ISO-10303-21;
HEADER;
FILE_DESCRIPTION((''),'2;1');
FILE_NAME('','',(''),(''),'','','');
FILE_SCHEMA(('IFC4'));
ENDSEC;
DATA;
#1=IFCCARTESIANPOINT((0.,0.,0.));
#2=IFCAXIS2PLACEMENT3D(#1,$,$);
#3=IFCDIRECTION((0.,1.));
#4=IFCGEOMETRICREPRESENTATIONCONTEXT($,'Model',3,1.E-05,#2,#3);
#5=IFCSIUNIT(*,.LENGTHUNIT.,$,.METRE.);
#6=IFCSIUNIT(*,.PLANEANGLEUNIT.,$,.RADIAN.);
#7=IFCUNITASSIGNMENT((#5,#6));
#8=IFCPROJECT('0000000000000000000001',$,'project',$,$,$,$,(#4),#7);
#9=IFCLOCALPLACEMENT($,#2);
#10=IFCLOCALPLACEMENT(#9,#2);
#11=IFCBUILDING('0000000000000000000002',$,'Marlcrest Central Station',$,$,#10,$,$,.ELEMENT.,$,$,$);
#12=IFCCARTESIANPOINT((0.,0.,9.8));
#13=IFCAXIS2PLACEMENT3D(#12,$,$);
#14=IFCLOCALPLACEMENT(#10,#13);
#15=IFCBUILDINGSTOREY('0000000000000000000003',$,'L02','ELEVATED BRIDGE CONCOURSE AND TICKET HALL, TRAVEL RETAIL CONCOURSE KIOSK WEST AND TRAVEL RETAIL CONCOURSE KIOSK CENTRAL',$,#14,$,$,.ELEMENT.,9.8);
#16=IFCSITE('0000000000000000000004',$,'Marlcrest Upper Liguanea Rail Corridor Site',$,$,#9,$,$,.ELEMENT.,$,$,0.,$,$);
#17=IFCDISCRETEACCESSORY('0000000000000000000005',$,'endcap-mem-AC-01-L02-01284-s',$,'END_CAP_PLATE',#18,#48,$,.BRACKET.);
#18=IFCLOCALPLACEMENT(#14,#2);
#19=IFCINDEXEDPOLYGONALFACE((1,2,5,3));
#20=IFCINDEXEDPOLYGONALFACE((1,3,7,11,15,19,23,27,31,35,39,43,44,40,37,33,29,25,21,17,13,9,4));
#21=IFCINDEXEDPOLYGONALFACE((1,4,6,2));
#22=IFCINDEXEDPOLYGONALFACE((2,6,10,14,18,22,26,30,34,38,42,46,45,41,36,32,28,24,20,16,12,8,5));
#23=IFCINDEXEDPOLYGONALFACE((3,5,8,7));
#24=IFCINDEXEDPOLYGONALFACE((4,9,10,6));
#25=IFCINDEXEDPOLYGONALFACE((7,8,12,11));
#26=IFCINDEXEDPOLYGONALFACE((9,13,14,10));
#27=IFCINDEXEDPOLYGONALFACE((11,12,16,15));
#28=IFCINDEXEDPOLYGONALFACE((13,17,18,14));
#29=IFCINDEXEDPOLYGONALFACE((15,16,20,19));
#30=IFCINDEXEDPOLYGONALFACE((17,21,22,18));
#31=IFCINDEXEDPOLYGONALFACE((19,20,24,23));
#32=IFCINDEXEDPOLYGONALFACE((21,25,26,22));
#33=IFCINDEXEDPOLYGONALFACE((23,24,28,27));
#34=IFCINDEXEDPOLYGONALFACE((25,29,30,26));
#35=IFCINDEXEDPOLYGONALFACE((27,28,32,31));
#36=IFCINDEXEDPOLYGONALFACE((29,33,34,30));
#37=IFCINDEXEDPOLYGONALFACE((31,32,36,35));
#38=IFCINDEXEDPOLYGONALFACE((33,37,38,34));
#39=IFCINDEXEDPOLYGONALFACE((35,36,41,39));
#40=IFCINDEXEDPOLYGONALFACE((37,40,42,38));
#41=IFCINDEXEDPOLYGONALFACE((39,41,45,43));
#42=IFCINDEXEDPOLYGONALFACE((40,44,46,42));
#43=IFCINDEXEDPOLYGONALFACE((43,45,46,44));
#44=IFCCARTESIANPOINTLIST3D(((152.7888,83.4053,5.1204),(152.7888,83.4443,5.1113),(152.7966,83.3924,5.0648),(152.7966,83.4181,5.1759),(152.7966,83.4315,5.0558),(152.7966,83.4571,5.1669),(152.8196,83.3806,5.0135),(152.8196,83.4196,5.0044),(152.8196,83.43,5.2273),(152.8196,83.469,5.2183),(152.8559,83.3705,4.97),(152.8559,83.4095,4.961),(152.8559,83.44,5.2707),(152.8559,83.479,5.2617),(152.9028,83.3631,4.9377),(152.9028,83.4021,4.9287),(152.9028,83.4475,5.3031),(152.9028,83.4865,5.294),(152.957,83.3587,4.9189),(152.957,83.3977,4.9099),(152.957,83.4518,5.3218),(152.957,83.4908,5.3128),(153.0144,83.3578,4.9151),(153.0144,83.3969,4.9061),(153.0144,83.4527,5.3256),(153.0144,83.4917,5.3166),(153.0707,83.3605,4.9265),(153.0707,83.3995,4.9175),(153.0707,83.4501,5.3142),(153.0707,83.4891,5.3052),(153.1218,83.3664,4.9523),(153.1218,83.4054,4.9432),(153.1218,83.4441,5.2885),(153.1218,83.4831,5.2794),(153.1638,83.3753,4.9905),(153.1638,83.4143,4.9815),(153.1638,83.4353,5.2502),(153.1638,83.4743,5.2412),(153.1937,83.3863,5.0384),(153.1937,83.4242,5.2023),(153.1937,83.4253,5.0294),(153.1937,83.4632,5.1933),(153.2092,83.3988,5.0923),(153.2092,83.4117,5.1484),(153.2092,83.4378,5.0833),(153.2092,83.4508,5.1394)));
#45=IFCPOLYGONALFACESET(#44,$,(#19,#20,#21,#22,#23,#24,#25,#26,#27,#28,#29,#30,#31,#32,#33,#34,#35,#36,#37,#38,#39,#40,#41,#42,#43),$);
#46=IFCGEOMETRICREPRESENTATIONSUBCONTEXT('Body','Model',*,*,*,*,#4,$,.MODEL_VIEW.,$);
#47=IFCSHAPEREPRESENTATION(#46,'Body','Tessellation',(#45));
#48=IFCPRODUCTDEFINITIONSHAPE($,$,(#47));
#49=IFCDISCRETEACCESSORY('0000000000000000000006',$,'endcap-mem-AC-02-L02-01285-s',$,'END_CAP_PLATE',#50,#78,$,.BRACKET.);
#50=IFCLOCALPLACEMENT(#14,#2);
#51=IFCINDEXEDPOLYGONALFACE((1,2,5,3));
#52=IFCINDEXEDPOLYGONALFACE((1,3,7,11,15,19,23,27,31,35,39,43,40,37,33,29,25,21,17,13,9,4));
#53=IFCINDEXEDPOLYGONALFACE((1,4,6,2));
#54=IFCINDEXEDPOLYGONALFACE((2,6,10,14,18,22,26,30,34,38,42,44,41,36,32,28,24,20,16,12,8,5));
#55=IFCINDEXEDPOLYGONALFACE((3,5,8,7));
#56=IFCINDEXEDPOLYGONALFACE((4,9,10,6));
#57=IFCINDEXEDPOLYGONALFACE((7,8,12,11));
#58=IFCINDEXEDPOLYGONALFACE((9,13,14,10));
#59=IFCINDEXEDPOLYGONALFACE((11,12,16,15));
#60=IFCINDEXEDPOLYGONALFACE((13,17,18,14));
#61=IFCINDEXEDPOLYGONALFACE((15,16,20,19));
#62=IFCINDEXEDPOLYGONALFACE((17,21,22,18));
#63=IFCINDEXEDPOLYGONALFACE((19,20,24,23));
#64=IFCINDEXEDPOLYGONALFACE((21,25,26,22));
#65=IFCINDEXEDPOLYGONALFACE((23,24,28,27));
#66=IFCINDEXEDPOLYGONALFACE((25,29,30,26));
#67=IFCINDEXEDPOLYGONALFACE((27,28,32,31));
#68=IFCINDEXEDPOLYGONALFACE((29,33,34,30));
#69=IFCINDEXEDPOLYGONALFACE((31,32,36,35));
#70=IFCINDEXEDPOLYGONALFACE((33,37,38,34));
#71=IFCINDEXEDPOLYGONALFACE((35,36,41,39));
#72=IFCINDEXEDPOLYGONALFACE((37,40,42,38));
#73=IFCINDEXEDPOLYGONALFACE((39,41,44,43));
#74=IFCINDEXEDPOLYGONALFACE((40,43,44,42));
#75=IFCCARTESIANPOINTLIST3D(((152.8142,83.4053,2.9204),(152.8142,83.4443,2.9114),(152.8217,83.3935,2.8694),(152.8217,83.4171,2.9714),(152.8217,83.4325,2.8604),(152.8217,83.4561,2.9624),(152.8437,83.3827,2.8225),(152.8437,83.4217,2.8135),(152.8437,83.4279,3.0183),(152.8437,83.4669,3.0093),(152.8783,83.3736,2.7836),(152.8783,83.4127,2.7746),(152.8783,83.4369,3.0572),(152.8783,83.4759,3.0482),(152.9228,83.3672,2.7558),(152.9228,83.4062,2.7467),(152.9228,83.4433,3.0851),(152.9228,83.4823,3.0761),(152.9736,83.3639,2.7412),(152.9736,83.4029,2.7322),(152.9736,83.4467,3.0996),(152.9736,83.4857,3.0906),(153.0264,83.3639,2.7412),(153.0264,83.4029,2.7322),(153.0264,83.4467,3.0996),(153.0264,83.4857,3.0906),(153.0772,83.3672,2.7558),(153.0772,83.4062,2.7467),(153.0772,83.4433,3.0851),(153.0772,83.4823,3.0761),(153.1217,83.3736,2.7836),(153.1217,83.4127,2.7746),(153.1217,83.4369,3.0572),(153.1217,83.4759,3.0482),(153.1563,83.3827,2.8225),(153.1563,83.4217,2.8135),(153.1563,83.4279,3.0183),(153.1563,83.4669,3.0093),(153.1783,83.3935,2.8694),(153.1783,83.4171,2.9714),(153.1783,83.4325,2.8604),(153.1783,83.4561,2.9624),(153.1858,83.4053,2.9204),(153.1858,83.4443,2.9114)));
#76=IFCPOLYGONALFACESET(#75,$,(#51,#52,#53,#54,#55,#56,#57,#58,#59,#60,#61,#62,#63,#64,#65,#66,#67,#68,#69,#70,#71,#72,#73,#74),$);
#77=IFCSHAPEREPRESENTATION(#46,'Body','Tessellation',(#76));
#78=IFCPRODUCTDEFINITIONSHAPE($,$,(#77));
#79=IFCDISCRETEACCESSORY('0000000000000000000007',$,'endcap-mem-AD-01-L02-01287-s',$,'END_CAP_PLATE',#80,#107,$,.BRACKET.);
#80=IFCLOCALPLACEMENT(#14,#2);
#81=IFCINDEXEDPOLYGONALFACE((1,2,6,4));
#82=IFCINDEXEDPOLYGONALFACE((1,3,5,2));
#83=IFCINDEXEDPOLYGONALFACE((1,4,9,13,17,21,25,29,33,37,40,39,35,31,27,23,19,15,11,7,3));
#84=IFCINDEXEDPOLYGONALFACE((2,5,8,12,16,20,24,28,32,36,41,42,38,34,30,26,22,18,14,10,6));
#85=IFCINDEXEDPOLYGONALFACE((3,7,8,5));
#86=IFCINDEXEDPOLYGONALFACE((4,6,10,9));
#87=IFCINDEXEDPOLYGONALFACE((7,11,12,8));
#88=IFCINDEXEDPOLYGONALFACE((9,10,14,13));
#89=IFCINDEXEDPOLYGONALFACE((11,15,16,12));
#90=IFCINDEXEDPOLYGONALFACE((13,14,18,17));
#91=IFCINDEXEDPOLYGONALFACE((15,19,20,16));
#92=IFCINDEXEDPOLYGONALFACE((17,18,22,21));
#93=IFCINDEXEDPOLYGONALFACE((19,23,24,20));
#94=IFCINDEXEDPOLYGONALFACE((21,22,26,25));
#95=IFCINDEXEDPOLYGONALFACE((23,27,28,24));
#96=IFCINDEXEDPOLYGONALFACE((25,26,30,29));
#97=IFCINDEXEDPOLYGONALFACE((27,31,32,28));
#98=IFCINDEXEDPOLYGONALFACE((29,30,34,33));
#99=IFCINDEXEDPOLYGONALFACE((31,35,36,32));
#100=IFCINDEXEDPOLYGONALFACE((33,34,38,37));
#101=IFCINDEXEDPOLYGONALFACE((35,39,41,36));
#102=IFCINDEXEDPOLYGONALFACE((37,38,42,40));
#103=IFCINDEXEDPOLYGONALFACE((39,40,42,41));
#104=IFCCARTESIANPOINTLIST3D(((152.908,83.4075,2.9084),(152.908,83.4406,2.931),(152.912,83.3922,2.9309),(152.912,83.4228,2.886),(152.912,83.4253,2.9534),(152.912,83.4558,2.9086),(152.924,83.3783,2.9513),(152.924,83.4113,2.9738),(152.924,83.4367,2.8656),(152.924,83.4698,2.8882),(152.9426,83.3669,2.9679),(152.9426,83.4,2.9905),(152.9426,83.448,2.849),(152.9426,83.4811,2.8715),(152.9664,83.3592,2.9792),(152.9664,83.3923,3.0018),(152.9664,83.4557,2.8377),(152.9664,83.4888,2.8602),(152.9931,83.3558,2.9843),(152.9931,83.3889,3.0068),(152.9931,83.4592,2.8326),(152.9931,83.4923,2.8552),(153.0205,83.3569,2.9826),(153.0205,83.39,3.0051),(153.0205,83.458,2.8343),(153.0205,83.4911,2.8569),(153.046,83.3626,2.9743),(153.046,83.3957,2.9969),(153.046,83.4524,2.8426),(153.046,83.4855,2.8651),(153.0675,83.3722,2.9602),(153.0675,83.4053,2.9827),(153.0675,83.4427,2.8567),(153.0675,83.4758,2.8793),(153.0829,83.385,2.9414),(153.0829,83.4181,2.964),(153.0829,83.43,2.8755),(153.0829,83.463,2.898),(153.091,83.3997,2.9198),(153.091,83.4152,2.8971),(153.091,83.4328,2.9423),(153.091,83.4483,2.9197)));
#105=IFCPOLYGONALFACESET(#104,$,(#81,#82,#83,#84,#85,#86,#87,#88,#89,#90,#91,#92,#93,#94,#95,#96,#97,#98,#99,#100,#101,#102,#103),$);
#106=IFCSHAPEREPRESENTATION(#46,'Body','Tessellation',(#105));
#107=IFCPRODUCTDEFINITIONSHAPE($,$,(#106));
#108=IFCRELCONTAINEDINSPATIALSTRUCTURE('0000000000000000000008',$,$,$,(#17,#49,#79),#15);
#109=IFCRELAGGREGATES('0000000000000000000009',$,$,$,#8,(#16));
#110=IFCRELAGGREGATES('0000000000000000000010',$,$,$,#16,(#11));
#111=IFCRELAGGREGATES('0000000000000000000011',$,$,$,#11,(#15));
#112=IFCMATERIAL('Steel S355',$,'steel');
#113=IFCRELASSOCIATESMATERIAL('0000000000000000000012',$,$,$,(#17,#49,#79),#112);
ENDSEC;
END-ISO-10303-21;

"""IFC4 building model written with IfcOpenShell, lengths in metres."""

from ifc_helpers import new_model, si_unit, direction, frame, origin, origin_2d, place, context, subcontext, project, spatial, circle, extrude, material, element, save


model = new_model("IFC4")

# Units and contexts
model_context = context("Model", 3, precision=1e-05, world=origin(), true_north=direction((0.0, 1.0)))
body_context = subcontext(model_context, "Body", "Model", "MODEL_VIEW")
ifc_project = project(units=[si_unit("LENGTHUNIT", "METRE"), si_unit("PLANEANGLEUNIT", "RADIAN")], contexts=[model_context])

# Site, building, storey
site_placement = place(None, origin())
site = spatial("IfcSite", under=ifc_project, at=site_placement, Name="Marlcrest Upper Liguanea Rail Corridor Site", CompositionType="ELEMENT", RefElevation=0.0)
building_placement = place(site_placement, origin())
building = spatial("IfcBuilding", under=site, at=building_placement, Name="Marlcrest Central Station", CompositionType="ELEMENT")
storey_placement = place(building_placement, frame((0.0, 0.0, 9.8)))
storey = spatial("IfcBuildingStorey", under=building, at=storey_placement, Name="L02", Description="ELEVATED BRIDGE CONCOURSE AND TICKET HALL, TRAVEL RETAIL CONCOURSE KIOSK WEST AND TRAVEL RETAIL CONCOURSE KIOSK CENTRAL", CompositionType="ELEMENT", Elevation=9.8)

# Shared definitions
ifc_material_1 = material(Name="Steel S355", Category="steel")

# Discrete accessories
discrete_accessory_1_placement = place(storey_placement, frame((153.0, 83.4053, 5.1204), z_axis=(0.0, 0.97433, -0.225126), x_axis=(-1.0, 0.0, 0.0)))
element("IfcDiscreteAccessory", 1, at=discrete_accessory_1_placement, inside=storey, material=ifc_material_1, Name="endcap-mem-AC-01-L02-01284-s", ObjectType="END_CAP_PLATE", PredefinedType="BRACKET", context=body_context, shape_type="SweptSolid", body=[
    extrude(circle(Radius=0.2112, at=origin_2d()), origin(), (0.0, 0.0, 1.0), 0.04),
])
discrete_accessory_2_placement = place(storey_placement, frame((153.0, 83.4053, 2.9204), z_axis=(0.0, 0.974308, -0.22522), x_axis=(-1.0, 0.0, 0.0)))
element("IfcDiscreteAccessory", 2, at=discrete_accessory_2_placement, inside=storey, material=ifc_material_1, Name="endcap-mem-AC-02-L02-01285-s", ObjectType="END_CAP_PLATE", PredefinedType="BRACKET", context=body_context, shape_type="SweptSolid", body=[
    extrude(circle(Radius=0.1858, at=origin_2d()), origin(), (0.0, 0.0, 1.0), 0.04),
])
discrete_accessory_3_placement = place(storey_placement, frame((153.0, 83.4075, 2.9084), z_axis=(0.0, 0.826263, 0.563285), x_axis=(-1.0, 0.0, 0.0)))
element("IfcDiscreteAccessory", 3, at=discrete_accessory_3_placement, inside=storey, material=ifc_material_1, Name="endcap-mem-AD-01-L02-01287-s", ObjectType="END_CAP_PLATE", PredefinedType="BRACKET", context=body_context, shape_type="SweptSolid", body=[
    extrude(circle(Radius=0.092, at=origin_2d()), origin(), (0.0, 0.0, 1.0), 0.04),
])

save(model, "model.ifc")
